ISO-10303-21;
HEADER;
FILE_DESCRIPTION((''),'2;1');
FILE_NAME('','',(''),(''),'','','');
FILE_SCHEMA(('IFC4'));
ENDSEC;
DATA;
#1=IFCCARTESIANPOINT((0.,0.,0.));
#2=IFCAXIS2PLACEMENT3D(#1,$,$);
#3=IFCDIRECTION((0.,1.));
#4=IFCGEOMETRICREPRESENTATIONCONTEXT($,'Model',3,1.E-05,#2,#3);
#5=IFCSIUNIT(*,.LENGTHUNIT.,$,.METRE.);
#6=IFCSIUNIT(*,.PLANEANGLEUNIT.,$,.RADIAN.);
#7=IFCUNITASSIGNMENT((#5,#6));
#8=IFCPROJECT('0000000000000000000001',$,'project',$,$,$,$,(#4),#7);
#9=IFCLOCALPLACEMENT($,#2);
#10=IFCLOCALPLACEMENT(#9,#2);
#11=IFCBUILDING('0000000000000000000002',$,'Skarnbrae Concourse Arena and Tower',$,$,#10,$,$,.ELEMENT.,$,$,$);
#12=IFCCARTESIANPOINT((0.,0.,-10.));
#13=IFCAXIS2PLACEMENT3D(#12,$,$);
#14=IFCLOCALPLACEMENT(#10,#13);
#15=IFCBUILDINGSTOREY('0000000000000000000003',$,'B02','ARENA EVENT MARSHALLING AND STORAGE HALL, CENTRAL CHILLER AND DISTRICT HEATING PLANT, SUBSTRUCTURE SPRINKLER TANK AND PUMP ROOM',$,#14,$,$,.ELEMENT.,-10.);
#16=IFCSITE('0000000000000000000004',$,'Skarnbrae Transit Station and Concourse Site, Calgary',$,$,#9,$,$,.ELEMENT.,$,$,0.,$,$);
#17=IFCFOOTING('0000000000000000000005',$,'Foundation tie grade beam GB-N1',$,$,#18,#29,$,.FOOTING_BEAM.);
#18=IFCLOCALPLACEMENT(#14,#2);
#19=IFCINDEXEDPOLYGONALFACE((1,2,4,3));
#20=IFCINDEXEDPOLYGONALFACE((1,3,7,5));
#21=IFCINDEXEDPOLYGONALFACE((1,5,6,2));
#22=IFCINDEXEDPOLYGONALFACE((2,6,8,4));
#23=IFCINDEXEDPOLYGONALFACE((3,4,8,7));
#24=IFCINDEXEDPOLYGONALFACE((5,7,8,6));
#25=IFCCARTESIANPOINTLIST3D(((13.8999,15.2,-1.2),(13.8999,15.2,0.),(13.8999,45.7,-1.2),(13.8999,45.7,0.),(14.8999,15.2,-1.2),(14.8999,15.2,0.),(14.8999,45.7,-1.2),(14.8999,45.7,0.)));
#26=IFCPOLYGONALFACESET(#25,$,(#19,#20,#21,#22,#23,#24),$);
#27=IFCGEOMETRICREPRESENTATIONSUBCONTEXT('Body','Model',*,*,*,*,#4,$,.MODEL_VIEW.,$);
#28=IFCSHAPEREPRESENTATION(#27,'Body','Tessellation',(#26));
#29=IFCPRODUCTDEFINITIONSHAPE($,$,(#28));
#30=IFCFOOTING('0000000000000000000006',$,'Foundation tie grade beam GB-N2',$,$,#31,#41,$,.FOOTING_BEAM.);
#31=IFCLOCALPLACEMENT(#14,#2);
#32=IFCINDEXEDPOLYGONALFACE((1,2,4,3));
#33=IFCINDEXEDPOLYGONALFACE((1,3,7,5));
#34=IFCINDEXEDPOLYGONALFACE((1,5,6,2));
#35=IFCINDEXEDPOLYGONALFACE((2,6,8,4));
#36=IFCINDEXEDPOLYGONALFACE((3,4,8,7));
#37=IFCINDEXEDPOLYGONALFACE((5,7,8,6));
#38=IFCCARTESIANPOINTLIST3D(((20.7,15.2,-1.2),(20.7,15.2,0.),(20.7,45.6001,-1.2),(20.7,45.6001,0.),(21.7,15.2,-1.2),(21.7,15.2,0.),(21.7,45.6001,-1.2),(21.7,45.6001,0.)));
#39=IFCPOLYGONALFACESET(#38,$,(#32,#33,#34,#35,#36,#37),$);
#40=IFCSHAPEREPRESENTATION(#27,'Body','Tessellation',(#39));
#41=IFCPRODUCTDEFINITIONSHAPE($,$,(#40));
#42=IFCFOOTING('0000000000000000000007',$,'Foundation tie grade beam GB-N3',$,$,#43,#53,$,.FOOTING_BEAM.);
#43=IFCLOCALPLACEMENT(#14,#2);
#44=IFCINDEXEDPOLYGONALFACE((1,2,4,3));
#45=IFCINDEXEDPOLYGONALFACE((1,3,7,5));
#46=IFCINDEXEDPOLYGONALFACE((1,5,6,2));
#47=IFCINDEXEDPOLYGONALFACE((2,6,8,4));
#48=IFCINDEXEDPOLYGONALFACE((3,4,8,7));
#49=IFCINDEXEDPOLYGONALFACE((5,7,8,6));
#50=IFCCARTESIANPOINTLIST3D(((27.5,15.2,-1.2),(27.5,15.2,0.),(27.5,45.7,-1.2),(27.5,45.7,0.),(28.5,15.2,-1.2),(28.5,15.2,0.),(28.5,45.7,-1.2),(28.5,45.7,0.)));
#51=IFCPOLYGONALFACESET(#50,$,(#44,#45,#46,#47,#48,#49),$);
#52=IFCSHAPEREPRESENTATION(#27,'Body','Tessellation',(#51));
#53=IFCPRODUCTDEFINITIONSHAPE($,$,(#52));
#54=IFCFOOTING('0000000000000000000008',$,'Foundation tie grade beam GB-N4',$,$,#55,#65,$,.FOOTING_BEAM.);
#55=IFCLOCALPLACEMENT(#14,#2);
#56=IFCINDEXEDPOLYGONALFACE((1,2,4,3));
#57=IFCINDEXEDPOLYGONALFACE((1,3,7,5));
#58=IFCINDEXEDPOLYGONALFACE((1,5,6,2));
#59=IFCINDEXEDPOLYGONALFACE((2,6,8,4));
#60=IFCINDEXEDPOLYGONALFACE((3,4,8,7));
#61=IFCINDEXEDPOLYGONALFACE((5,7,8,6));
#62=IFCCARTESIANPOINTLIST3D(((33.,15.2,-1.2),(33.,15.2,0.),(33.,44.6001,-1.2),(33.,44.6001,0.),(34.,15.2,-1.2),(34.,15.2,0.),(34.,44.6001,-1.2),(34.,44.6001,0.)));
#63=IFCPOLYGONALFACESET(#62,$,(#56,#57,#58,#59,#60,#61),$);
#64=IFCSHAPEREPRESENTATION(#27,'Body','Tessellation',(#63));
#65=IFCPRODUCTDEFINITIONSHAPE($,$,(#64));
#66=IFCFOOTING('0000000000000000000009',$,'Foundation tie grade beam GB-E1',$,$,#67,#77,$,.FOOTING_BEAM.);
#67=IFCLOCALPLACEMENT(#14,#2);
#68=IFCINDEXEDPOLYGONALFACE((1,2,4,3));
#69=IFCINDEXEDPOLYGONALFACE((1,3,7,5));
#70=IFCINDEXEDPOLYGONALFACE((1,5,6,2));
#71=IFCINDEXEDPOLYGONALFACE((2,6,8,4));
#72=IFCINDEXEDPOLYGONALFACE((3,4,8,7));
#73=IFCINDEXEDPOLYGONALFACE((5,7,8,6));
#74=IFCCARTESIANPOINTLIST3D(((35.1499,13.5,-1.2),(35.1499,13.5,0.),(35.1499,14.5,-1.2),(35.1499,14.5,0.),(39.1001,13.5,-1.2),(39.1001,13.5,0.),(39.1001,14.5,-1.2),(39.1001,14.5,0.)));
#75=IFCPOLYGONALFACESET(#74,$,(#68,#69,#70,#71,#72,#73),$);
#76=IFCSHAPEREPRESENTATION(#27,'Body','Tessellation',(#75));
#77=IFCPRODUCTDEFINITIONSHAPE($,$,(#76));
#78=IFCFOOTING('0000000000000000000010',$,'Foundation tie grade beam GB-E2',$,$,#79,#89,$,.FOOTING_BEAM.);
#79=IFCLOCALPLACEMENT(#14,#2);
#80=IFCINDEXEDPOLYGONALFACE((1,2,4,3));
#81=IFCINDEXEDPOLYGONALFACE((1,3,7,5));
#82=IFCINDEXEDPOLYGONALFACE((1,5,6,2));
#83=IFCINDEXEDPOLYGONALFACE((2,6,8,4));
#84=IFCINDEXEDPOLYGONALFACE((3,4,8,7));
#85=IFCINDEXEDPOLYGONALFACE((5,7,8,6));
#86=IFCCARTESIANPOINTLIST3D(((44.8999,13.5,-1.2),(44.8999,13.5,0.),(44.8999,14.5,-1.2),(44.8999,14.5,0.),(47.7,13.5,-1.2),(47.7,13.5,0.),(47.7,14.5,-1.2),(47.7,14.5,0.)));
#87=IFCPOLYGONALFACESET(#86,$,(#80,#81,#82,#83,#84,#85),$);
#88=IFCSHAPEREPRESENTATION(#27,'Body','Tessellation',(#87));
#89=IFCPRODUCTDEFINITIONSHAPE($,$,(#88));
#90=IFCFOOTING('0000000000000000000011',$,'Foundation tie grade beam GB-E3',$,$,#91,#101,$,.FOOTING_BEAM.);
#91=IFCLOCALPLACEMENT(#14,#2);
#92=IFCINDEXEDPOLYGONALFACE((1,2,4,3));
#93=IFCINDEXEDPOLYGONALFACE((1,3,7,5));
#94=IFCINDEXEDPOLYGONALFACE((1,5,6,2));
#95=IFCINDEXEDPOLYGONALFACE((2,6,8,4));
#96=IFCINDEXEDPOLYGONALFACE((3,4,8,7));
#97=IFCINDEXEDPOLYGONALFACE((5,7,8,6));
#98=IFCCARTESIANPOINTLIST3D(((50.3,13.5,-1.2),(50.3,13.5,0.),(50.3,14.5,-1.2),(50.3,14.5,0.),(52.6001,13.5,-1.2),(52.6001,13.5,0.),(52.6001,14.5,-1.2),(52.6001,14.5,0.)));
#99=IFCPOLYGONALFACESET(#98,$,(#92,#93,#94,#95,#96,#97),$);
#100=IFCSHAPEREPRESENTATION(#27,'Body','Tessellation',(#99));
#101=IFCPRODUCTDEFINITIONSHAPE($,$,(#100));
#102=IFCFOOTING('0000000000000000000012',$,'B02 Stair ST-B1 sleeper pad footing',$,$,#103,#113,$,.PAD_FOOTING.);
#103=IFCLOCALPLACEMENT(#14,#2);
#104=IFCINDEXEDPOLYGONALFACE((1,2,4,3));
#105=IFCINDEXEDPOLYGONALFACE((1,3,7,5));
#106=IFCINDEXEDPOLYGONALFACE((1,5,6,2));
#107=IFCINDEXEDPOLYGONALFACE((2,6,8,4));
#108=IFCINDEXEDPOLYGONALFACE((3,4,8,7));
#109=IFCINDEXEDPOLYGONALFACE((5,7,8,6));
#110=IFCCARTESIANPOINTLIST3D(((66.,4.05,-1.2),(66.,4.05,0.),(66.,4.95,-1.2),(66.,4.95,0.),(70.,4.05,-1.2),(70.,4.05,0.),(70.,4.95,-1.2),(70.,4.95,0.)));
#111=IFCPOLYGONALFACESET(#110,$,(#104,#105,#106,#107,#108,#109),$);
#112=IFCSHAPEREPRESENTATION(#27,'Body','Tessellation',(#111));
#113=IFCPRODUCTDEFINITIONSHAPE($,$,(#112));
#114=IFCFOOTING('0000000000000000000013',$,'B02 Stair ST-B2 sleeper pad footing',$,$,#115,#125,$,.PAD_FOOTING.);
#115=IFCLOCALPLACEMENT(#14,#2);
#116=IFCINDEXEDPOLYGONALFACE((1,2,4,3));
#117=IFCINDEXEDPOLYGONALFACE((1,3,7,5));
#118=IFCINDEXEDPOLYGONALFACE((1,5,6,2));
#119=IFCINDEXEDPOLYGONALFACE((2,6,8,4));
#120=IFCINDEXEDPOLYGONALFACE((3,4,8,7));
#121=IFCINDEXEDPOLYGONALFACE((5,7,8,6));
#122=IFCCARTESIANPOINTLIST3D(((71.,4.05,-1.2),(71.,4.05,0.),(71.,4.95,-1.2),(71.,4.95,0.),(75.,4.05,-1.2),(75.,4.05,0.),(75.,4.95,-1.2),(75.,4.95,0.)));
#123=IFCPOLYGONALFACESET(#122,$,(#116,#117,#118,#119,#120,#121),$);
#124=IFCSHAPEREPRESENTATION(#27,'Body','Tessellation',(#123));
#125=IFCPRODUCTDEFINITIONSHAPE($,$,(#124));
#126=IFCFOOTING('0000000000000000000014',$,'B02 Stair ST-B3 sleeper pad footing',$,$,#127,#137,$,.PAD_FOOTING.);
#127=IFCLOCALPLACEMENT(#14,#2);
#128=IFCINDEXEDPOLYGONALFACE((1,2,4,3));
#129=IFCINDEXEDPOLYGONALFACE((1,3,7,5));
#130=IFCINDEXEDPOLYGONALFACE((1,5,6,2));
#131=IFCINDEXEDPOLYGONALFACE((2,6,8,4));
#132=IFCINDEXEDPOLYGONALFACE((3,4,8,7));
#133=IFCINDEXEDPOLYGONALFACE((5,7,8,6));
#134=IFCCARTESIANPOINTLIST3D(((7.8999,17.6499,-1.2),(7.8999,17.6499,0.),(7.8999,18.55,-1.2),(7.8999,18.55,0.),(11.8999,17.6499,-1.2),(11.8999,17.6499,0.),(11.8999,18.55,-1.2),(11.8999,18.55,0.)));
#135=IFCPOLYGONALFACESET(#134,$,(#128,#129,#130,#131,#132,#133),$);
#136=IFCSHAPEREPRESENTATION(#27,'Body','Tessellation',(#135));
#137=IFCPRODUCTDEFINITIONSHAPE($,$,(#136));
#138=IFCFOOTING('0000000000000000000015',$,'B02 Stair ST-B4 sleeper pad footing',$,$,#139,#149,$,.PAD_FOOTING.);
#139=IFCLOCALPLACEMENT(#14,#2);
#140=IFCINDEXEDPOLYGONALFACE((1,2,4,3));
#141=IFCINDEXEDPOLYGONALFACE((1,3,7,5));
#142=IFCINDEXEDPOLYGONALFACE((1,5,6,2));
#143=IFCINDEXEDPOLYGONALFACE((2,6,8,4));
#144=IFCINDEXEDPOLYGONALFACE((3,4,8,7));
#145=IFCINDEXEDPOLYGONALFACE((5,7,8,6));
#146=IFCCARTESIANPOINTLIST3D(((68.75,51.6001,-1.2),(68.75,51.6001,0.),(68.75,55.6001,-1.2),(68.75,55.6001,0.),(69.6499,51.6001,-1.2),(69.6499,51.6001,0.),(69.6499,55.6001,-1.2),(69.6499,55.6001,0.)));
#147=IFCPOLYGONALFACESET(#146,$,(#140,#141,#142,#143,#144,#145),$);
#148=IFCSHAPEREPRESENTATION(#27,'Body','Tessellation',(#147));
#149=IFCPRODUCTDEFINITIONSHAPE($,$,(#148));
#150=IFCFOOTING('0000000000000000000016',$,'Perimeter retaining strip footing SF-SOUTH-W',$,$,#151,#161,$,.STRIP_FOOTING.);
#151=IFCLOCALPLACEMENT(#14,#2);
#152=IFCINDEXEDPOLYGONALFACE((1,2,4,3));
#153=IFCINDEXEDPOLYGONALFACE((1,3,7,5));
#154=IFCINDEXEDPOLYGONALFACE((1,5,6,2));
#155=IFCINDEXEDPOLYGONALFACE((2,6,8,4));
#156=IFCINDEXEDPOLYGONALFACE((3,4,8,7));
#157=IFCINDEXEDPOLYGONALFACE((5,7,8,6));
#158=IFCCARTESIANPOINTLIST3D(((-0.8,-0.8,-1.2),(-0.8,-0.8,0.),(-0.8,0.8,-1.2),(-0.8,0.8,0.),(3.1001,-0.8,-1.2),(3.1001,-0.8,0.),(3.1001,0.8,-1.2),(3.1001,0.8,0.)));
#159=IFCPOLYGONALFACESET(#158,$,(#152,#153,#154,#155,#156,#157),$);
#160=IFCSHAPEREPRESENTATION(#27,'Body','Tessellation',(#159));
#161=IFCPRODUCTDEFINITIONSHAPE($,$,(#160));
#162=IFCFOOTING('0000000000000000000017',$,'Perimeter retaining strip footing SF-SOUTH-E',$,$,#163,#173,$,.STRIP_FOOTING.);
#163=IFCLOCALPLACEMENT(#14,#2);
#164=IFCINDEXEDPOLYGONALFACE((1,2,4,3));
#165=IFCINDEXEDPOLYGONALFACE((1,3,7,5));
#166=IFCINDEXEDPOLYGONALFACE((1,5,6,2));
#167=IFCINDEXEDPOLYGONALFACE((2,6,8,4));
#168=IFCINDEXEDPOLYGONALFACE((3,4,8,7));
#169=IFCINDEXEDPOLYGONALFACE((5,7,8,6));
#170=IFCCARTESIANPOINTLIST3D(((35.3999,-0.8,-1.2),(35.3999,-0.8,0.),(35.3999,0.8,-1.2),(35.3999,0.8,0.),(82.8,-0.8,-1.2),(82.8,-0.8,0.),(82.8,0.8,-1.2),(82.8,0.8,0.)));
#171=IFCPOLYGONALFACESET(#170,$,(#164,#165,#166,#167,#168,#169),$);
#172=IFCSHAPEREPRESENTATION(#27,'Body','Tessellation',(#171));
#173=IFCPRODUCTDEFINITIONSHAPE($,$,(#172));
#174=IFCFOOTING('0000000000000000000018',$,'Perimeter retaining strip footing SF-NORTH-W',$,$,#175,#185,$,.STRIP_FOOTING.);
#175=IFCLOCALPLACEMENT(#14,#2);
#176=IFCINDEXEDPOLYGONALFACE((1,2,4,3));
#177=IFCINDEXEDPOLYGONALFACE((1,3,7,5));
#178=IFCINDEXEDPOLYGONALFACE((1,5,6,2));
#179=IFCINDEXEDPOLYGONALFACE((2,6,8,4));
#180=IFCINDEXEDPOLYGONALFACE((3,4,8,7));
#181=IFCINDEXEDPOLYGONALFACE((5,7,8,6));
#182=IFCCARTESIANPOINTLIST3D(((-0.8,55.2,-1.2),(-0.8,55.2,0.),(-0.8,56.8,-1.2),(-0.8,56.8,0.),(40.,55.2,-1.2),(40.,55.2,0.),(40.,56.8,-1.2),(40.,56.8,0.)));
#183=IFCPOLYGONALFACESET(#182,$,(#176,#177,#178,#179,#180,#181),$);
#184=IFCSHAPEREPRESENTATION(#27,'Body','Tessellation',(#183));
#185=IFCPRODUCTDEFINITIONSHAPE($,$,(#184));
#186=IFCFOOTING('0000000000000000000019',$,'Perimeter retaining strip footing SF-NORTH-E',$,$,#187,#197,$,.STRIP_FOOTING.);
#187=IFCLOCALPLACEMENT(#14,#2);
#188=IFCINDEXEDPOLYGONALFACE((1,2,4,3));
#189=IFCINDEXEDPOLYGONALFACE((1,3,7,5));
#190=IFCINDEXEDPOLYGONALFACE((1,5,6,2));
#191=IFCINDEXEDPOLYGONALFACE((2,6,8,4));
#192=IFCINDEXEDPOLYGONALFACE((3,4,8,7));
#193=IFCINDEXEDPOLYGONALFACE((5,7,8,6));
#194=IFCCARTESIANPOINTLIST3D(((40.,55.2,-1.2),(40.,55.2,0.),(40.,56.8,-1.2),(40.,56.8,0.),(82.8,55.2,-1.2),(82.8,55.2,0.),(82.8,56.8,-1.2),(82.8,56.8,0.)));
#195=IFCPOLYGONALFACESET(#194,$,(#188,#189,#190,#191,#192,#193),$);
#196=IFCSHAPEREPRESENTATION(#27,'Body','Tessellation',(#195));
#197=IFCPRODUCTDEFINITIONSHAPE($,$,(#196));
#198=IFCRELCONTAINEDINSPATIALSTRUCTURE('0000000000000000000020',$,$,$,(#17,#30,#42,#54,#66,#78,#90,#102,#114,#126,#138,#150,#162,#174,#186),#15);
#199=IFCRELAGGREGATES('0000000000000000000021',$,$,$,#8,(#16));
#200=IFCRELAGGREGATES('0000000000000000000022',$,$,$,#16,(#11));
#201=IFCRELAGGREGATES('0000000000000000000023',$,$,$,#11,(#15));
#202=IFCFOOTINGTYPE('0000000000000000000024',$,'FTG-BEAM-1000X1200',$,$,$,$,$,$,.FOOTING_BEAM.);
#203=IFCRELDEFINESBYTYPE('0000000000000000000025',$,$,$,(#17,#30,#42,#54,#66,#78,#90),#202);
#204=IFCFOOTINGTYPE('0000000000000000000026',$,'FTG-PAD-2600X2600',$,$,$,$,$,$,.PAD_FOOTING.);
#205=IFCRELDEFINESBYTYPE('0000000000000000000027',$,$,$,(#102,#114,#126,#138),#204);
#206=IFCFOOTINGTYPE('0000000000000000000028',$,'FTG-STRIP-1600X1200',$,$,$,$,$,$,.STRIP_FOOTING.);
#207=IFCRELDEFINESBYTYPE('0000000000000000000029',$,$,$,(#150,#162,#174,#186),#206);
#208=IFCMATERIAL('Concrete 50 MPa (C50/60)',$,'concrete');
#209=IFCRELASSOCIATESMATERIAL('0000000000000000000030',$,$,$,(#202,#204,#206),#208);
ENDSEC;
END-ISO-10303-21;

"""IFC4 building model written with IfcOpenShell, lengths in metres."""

from ifc_helpers import new_model, si_unit, direction, frame, origin, place, context, subcontext, project, spatial, polyline, outline, extrude, material, type_object, element, save


model = new_model("IFC4")

# Units and contexts
model_context = context("Model", 3, precision=1e-05, world=origin(), true_north=direction((0.0, 1.0)))
body_context = subcontext(model_context, "Body", "Model", "MODEL_VIEW")
ifc_project = project(units=[si_unit("LENGTHUNIT", "METRE"), si_unit("PLANEANGLEUNIT", "RADIAN")], contexts=[model_context])

# Site, building, storey
site_placement = place(None, origin())
site = spatial("IfcSite", under=ifc_project, at=site_placement, Name="Skarnbrae Transit Station and Concourse Site, Calgary", CompositionType="ELEMENT", RefElevation=0.0)
building_placement = place(site_placement, origin())
building = spatial("IfcBuilding", under=site, at=building_placement, Name="Skarnbrae Concourse Arena and Tower", CompositionType="ELEMENT")
storey_placement = place(building_placement, frame((0.0, 0.0, -10.0)))
storey = spatial("IfcBuildingStorey", under=building, at=storey_placement, Name="B02", Description="ARENA EVENT MARSHALLING AND STORAGE HALL, CENTRAL CHILLER AND DISTRICT HEATING PLANT, SUBSTRUCTURE SPRINKLER TANK AND PUMP ROOM", CompositionType="ELEMENT", Elevation=-10.0)

# Footings
ifc_material_1 = material(Name="Concrete 50 MPa (C50/60)", Category="concrete")
footing_type_1 = type_object("IfcFootingType", Name="FTG-BEAM-1000X1200", PredefinedType="FOOTING_BEAM", material=ifc_material_1)
footing_1_placement = place(storey_placement, frame((0.0, 0.0, -1.2)))
element("IfcFooting", 1, at=footing_1_placement, inside=storey, type_object=footing_type_1, Name="Foundation tie grade beam GB-N1", PredefinedType="FOOTING_BEAM", context=body_context, shape_type="SweptSolid", body=[
    extrude(outline(polyline([(13.8999, 15.2), (14.8999, 15.2), (14.8999, 45.7), (13.8999, 45.7), (13.8999, 15.2)])), origin(), (0.0, 0.0, 1.0), 1.2),
])
footing_2_placement = place(storey_placement, frame((0.0, 0.0, -1.2)))
element("IfcFooting", 2, at=footing_2_placement, inside=storey, type_object=footing_type_1, Name="Foundation tie grade beam GB-N2", PredefinedType="FOOTING_BEAM", context=body_context, shape_type="SweptSolid", body=[
    extrude(outline(polyline([(20.7, 15.2), (21.7, 15.2), (21.7, 45.6001), (20.7, 45.6001), (20.7, 15.2)])), origin(), (0.0, 0.0, 1.0), 1.2),
])
footing_3_placement = place(storey_placement, frame((0.0, 0.0, -1.2)))
element("IfcFooting", 3, at=footing_3_placement, inside=storey, type_object=footing_type_1, Name="Foundation tie grade beam GB-N3", PredefinedType="FOOTING_BEAM", context=body_context, shape_type="SweptSolid", body=[
    extrude(outline(polyline([(27.5, 15.2), (28.5, 15.2), (28.5, 45.7), (27.5, 45.7), (27.5, 15.2)])), origin(), (0.0, 0.0, 1.0), 1.2),
])
footing_4_placement = place(storey_placement, frame((0.0, 0.0, -1.2)))
element("IfcFooting", 4, at=footing_4_placement, inside=storey, type_object=footing_type_1, Name="Foundation tie grade beam GB-N4", PredefinedType="FOOTING_BEAM", context=body_context, shape_type="SweptSolid", body=[
    extrude(outline(polyline([(33.0, 15.2), (34.0, 15.2), (34.0, 44.6001), (33.0, 44.6001), (33.0, 15.2)])), origin(), (0.0, 0.0, 1.0), 1.2),
])
footing_5_placement = place(storey_placement, frame((0.0, 0.0, -1.2)))
element("IfcFooting", 5, at=footing_5_placement, inside=storey, type_object=footing_type_1, Name="Foundation tie grade beam GB-E1", PredefinedType="FOOTING_BEAM", context=body_context, shape_type="SweptSolid", body=[
    extrude(outline(polyline([(35.1499, 13.5), (39.1001, 13.5), (39.1001, 14.5), (35.1499, 14.5), (35.1499, 13.5)])), origin(), (0.0, 0.0, 1.0), 1.2),
])
footing_6_placement = place(storey_placement, frame((0.0, 0.0, -1.2)))
element("IfcFooting", 6, at=footing_6_placement, inside=storey, type_object=footing_type_1, Name="Foundation tie grade beam GB-E2", PredefinedType="FOOTING_BEAM", context=body_context, shape_type="SweptSolid", body=[
    extrude(outline(polyline([(44.8999, 13.5), (47.7, 13.5), (47.7, 14.5), (44.8999, 14.5), (44.8999, 13.5)])), origin(), (0.0, 0.0, 1.0), 1.2),
])
footing_7_placement = place(storey_placement, frame((0.0, 0.0, -1.2)))
element("IfcFooting", 7, at=footing_7_placement, inside=storey, type_object=footing_type_1, Name="Foundation tie grade beam GB-E3", PredefinedType="FOOTING_BEAM", context=body_context, shape_type="SweptSolid", body=[
    extrude(outline(polyline([(50.3, 13.5), (52.6001, 13.5), (52.6001, 14.5), (50.3, 14.5), (50.3, 13.5)])), origin(), (0.0, 0.0, 1.0), 1.2),
])
footing_type_2 = type_object("IfcFootingType", Name="FTG-PAD-2600X2600", PredefinedType="PAD_FOOTING", material=ifc_material_1)
footing_8_placement = place(storey_placement, frame((0.0, 0.0, -1.2)))
element("IfcFooting", 8, at=footing_8_placement, inside=storey, type_object=footing_type_2, Name="B02 Stair ST-B1 sleeper pad footing", PredefinedType="PAD_FOOTING", context=body_context, shape_type="SweptSolid", body=[
    extrude(outline(polyline([(66.0, 4.05), (70.0, 4.05), (70.0, 4.95), (66.0, 4.95), (66.0, 4.05)])), origin(), (0.0, 0.0, 1.0), 1.2),
])
footing_9_placement = place(storey_placement, frame((0.0, 0.0, -1.2)))
element("IfcFooting", 9, at=footing_9_placement, inside=storey, type_object=footing_type_2, Name="B02 Stair ST-B2 sleeper pad footing", PredefinedType="PAD_FOOTING", context=body_context, shape_type="SweptSolid", body=[
    extrude(outline(polyline([(71.0, 4.05), (75.0, 4.05), (75.0, 4.95), (71.0, 4.95), (71.0, 4.05)])), origin(), (0.0, 0.0, 1.0), 1.2),
])
footing_10_placement = place(storey_placement, frame((0.0, 0.0, -1.2)))
element("IfcFooting", 10, at=footing_10_placement, inside=storey, type_object=footing_type_2, Name="B02 Stair ST-B3 sleeper pad footing", PredefinedType="PAD_FOOTING", context=body_context, shape_type="SweptSolid", body=[
    extrude(outline(polyline([(7.8999, 17.6499), (11.8999, 17.6499), (11.8999, 18.55), (7.8999, 18.55), (7.8999, 17.6499)])), origin(), (0.0, 0.0, 1.0), 1.2),
])
footing_11_placement = place(storey_placement, frame((0.0, 0.0, -1.2)))
element("IfcFooting", 11, at=footing_11_placement, inside=storey, type_object=footing_type_2, Name="B02 Stair ST-B4 sleeper pad footing", PredefinedType="PAD_FOOTING", context=body_context, shape_type="SweptSolid", body=[
    extrude(outline(polyline([(68.75, 51.6001), (69.6499, 51.6001), (69.6499, 55.6001), (68.75, 55.6001), (68.75, 51.6001)])), origin(), (0.0, 0.0, 1.0), 1.2),
])
footing_type_3 = type_object("IfcFootingType", Name="FTG-STRIP-1600X1200", PredefinedType="STRIP_FOOTING", material=ifc_material_1)
footing_12_placement = place(storey_placement, frame((0.0, 0.0, -1.2)))
element("IfcFooting", 12, at=footing_12_placement, inside=storey, type_object=footing_type_3, Name="Perimeter retaining strip footing SF-SOUTH-W", PredefinedType="STRIP_FOOTING", context=body_context, shape_type="SweptSolid", body=[
    extrude(outline(polyline([(-0.8, -0.8), (3.1001, -0.8), (3.1001, 0.8), (-0.8, 0.8), (-0.8, -0.8)])), origin(), (0.0, 0.0, 1.0), 1.2),
])
footing_13_placement = place(storey_placement, frame((0.0, 0.0, -1.2)))
element("IfcFooting", 13, at=footing_13_placement, inside=storey, type_object=footing_type_3, Name="Perimeter retaining strip footing SF-SOUTH-E", PredefinedType="STRIP_FOOTING", context=body_context, shape_type="SweptSolid", body=[
    extrude(outline(polyline([(35.3999, -0.8), (82.8, -0.8), (82.8, 0.8), (35.3999, 0.8), (35.3999, -0.8)])), origin(), (0.0, 0.0, 1.0), 1.2),
])
footing_14_placement = place(storey_placement, frame((0.0, 0.0, -1.2)))
element("IfcFooting", 14, at=footing_14_placement, inside=storey, type_object=footing_type_3, Name="Perimeter retaining strip footing SF-NORTH-W", PredefinedType="STRIP_FOOTING", context=body_context, shape_type="SweptSolid", body=[
    extrude(outline(polyline([(-0.8, 55.2), (40.0, 55.2), (40.0, 56.8), (-0.8, 56.8), (-0.8, 55.2)])), origin(), (0.0, 0.0, 1.0), 1.2),
])
footing_15_placement = place(storey_placement, frame((0.0, 0.0, -1.2)))
element("IfcFooting", 15, at=footing_15_placement, inside=storey, type_object=footing_type_3, Name="Perimeter retaining strip footing SF-NORTH-E", PredefinedType="STRIP_FOOTING", context=body_context, shape_type="SweptSolid", body=[
    extrude(outline(polyline([(40.0, 55.2), (82.8, 55.2), (82.8, 56.8), (40.0, 56.8), (40.0, 55.2)])), origin(), (0.0, 0.0, 1.0), 1.2),
])

save(model, "model.ifc")
